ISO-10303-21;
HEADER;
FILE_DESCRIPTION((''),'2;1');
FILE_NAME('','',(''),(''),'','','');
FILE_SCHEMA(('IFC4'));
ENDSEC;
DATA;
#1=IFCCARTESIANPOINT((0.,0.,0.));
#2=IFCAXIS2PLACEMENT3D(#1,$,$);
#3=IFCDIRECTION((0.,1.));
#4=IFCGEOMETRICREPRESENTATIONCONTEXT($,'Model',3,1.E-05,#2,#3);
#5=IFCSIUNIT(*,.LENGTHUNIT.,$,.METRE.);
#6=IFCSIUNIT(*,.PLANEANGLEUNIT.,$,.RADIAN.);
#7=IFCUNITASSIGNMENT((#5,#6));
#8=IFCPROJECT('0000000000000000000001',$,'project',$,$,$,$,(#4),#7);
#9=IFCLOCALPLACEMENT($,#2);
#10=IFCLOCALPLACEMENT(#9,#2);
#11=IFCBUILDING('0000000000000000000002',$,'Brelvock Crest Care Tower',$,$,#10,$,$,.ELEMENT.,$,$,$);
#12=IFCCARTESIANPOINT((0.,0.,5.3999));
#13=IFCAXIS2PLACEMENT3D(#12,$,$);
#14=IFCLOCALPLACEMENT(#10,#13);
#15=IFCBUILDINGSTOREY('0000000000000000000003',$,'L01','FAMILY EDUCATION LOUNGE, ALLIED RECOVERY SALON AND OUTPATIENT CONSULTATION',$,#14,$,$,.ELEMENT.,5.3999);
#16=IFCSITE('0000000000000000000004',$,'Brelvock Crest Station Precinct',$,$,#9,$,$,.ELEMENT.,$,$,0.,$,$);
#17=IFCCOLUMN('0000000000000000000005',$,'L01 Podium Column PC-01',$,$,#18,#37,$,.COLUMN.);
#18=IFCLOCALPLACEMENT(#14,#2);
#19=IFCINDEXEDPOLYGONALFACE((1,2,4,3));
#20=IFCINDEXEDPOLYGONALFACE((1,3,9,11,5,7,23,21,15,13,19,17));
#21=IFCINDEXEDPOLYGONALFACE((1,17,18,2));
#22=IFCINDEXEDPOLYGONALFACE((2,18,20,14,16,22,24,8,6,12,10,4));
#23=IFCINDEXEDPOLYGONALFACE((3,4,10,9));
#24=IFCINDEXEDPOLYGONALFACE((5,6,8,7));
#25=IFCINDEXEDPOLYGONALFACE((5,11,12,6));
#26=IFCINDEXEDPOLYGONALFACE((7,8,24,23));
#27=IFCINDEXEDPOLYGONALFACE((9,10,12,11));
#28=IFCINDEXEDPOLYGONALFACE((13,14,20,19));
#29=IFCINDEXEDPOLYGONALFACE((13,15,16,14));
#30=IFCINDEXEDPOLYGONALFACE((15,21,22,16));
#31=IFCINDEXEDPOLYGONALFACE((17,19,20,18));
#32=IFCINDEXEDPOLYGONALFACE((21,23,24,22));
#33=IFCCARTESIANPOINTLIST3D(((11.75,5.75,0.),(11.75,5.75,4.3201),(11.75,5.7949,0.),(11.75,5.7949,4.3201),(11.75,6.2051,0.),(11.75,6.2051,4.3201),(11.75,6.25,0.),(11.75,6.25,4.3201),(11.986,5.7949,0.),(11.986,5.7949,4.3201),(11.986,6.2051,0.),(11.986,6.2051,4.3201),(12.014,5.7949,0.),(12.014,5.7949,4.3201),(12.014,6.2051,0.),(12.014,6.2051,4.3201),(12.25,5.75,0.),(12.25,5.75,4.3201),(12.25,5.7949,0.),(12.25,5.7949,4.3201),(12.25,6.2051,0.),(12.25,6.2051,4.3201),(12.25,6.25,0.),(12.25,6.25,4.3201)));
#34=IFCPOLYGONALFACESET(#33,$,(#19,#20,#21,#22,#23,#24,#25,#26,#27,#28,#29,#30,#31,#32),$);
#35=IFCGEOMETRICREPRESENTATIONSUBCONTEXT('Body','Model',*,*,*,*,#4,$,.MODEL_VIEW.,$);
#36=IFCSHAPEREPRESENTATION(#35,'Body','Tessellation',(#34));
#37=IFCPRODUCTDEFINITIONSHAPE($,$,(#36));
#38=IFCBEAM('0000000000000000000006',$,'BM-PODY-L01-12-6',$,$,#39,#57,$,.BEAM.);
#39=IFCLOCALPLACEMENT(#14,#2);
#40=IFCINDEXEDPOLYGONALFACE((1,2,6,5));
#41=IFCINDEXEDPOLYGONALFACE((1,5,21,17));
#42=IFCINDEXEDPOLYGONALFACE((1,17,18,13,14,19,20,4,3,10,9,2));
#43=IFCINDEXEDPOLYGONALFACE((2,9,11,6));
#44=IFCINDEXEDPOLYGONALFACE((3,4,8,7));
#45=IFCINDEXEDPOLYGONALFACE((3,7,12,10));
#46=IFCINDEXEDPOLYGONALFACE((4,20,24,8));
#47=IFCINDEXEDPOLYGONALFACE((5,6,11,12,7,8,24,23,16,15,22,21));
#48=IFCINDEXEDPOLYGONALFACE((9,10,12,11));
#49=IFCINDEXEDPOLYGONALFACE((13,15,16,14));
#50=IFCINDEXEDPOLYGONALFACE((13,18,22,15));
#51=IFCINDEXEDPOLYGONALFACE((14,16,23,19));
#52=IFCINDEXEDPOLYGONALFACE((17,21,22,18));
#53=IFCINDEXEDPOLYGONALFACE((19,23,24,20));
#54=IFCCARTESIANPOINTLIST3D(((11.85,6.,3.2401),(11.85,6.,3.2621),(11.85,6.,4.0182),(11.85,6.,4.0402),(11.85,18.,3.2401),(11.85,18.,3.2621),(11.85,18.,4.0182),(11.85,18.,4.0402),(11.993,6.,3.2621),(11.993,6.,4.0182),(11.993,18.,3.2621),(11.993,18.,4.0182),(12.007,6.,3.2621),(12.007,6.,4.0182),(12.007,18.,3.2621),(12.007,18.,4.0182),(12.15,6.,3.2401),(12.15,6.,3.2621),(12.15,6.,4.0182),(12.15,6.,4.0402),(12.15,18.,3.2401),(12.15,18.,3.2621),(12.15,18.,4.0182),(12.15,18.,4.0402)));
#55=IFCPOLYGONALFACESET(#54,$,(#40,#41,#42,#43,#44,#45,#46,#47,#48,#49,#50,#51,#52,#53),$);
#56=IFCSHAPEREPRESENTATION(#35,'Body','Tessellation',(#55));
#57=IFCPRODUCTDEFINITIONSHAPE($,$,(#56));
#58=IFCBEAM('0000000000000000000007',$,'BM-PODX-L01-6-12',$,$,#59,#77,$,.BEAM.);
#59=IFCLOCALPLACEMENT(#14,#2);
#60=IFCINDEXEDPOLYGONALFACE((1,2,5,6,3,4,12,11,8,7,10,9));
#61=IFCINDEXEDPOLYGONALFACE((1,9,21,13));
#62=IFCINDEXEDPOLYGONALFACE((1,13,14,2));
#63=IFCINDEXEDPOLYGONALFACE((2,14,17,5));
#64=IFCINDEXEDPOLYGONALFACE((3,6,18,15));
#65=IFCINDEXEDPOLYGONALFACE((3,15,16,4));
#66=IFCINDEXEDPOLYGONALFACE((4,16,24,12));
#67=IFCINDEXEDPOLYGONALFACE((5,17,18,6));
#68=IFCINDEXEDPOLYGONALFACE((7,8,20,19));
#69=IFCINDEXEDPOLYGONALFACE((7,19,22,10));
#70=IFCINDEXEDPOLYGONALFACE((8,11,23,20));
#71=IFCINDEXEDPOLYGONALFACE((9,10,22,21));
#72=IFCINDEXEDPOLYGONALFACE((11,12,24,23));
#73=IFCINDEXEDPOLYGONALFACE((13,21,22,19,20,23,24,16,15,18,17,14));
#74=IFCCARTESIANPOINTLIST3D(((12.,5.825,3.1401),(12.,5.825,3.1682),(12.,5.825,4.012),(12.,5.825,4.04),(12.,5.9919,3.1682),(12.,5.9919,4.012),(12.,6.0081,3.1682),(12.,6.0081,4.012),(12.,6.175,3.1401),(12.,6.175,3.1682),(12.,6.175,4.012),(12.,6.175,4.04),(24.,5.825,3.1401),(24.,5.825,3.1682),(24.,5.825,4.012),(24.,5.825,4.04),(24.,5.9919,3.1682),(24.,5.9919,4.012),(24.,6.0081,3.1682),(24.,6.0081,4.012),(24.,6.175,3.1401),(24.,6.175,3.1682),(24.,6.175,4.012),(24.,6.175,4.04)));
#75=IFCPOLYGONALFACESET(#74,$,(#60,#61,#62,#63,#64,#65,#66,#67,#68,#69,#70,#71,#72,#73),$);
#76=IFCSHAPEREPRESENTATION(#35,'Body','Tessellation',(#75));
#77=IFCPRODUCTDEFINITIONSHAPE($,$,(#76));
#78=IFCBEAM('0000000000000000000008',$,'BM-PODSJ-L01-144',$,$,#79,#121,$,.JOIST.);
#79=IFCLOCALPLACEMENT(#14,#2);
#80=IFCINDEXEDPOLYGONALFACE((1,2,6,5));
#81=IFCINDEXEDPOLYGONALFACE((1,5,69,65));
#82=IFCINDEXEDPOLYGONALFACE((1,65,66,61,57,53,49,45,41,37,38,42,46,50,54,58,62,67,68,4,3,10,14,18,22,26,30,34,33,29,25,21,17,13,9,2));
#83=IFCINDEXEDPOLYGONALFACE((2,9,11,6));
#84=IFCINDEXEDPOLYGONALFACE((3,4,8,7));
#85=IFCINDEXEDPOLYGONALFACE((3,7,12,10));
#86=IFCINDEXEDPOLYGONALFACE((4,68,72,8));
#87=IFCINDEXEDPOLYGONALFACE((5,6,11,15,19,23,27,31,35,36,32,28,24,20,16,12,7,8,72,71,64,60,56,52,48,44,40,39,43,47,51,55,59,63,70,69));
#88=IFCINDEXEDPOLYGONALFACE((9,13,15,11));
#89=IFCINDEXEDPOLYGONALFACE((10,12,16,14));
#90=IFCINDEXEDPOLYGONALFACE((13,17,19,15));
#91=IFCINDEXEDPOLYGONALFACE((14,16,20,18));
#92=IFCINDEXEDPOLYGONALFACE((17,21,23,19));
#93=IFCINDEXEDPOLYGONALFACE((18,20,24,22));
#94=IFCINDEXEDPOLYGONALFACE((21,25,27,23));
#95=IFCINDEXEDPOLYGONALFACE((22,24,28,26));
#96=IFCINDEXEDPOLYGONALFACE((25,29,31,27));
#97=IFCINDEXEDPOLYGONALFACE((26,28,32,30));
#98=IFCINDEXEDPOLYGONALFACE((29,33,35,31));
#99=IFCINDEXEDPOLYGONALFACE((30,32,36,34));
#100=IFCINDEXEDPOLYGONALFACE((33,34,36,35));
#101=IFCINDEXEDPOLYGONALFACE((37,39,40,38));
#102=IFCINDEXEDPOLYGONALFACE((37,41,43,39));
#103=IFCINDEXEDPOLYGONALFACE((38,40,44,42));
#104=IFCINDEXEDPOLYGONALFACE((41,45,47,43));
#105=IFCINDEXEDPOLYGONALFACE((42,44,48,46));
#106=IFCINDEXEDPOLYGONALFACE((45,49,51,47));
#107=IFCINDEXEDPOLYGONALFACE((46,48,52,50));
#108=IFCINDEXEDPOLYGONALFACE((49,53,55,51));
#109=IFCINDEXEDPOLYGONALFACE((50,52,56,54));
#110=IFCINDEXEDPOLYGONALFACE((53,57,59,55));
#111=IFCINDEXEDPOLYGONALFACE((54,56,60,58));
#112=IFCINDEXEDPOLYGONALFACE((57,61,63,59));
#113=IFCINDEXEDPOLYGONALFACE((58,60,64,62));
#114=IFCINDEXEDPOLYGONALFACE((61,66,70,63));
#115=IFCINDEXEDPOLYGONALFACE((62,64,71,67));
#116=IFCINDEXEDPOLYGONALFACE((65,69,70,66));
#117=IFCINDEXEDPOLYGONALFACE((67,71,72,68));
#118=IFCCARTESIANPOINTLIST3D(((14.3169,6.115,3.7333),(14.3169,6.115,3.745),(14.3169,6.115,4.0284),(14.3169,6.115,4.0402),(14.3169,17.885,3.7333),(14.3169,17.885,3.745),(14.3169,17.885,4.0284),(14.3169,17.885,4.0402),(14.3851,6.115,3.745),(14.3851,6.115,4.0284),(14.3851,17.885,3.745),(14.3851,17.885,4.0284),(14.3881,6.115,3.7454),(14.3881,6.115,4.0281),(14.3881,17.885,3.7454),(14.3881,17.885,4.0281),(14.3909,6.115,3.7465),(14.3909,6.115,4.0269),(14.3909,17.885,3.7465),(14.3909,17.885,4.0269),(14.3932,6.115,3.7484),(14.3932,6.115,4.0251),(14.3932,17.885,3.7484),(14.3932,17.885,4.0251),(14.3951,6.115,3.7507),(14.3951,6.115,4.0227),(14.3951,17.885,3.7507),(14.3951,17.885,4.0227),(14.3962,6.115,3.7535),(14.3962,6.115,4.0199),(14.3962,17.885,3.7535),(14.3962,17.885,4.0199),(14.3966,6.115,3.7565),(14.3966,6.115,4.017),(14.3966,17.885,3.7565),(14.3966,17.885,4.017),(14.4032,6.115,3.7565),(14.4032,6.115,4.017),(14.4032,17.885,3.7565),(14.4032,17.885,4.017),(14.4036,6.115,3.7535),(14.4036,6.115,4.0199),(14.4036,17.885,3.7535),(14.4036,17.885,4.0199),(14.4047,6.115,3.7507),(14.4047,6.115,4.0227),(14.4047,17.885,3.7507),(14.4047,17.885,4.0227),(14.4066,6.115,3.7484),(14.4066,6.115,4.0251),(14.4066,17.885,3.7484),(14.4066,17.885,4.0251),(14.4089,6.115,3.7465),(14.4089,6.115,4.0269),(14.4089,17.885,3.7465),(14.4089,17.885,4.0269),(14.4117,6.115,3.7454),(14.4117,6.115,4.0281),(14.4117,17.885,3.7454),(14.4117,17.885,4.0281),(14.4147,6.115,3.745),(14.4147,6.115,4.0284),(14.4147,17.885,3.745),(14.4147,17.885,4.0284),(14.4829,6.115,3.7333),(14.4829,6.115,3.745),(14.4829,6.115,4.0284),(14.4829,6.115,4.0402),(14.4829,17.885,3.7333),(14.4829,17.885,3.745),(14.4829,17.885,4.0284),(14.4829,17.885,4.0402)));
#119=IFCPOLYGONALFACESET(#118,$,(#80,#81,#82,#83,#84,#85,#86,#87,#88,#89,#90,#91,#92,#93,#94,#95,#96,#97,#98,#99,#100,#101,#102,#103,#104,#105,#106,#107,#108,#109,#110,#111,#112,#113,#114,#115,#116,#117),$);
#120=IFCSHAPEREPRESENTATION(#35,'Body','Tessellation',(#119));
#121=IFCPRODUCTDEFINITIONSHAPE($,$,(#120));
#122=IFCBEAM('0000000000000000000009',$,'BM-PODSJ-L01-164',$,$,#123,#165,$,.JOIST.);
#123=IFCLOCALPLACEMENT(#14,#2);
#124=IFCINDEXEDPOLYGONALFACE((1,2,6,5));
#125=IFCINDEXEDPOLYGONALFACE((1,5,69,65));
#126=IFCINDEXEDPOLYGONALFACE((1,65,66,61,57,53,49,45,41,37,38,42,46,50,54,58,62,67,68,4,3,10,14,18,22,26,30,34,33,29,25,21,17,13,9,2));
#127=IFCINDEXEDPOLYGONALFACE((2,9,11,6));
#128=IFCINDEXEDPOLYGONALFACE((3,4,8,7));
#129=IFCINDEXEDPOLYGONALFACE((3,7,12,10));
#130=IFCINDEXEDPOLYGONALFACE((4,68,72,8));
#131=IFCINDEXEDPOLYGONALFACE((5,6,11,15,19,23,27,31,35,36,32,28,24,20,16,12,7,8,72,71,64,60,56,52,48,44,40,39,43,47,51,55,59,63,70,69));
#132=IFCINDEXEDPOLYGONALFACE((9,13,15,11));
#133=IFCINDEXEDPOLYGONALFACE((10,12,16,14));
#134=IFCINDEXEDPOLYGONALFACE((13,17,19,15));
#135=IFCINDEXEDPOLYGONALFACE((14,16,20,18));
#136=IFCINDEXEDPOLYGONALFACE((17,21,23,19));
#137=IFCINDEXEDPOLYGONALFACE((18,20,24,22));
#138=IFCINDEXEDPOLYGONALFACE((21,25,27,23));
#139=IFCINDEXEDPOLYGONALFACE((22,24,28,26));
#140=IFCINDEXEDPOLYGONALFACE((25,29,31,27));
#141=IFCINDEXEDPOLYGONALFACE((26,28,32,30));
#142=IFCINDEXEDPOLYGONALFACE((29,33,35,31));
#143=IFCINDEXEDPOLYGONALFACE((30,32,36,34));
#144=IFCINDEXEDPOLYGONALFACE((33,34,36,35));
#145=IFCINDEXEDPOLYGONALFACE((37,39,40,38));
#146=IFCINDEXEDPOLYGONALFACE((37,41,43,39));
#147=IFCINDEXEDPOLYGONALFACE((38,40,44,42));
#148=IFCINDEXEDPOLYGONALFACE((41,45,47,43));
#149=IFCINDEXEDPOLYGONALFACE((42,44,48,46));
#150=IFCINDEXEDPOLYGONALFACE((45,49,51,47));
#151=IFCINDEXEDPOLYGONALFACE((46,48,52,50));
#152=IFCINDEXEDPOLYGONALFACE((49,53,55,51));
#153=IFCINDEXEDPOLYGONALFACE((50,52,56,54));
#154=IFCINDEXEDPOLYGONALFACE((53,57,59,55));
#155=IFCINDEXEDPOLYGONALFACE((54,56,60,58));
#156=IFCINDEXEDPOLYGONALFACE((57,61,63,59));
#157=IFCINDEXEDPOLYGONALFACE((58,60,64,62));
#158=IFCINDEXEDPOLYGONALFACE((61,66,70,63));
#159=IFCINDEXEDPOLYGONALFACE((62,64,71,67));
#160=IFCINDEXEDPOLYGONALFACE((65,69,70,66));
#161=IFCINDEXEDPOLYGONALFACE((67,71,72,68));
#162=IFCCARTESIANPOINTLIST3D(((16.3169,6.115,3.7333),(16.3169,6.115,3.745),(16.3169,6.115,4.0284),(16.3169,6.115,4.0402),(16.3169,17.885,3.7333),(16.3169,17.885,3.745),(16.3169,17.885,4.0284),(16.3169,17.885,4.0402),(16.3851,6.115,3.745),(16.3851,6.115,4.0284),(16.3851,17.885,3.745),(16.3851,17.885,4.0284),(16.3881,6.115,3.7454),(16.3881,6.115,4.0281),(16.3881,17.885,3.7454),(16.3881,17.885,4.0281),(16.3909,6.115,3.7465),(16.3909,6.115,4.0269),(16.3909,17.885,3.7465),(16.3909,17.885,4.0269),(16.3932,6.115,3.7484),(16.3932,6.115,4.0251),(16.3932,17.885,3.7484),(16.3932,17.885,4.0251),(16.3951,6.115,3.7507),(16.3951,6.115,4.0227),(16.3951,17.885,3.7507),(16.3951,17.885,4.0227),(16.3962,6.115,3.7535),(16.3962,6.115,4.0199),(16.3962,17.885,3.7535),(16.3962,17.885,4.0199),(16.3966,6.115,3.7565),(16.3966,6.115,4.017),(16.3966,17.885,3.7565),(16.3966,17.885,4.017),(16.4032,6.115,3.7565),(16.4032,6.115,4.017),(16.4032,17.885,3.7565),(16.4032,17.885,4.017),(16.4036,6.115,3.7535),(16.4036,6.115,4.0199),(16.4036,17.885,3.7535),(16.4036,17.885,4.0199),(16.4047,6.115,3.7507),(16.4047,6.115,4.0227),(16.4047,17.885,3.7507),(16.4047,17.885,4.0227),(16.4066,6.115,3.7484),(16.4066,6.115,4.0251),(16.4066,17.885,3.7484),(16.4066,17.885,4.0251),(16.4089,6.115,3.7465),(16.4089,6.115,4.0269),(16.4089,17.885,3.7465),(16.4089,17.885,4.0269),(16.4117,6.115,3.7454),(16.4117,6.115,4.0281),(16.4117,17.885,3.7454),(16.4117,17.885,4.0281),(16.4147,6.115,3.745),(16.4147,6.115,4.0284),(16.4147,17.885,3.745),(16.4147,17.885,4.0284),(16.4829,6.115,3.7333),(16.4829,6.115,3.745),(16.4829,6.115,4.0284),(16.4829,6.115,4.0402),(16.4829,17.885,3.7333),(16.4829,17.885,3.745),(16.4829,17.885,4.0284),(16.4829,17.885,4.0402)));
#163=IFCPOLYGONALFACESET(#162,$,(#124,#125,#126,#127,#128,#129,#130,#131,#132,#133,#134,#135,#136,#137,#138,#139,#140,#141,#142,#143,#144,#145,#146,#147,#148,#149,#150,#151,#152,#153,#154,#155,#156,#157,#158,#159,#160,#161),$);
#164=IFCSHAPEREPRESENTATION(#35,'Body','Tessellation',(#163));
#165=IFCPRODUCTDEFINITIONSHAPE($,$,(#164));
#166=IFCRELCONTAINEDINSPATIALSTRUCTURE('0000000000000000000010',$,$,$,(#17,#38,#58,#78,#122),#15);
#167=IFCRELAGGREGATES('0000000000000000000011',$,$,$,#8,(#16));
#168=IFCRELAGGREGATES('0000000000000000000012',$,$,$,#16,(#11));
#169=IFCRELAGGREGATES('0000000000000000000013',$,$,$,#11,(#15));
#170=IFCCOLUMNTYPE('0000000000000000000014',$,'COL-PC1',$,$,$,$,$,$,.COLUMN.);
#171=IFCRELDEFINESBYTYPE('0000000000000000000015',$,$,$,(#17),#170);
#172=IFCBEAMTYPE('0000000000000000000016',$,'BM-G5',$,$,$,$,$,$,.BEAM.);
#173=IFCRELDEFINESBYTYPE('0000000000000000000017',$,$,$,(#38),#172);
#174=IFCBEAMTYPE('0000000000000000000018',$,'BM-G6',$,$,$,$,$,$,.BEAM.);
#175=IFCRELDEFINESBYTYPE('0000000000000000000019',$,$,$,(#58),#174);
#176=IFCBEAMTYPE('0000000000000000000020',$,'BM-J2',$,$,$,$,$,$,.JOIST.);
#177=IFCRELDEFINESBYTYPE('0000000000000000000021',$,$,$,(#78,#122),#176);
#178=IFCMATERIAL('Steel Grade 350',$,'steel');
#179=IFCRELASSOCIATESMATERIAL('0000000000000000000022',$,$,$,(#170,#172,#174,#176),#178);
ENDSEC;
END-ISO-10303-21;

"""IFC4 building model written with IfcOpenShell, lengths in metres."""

from ifc_helpers import new_model, si_unit, direction, frame, origin, origin_2d, place, context, subcontext, project, spatial, i_section, extrude, source, transform, mapped, material, material_profile, profile_set, type_object, element, save


model = new_model("IFC4")

# Units and contexts
model_context = context("Model", 3, precision=1e-05, world=origin(), true_north=direction((0.0, 1.0)))
body_context = subcontext(model_context, "Body", "Model", "MODEL_VIEW")
ifc_project = project(units=[si_unit("LENGTHUNIT", "METRE"), si_unit("PLANEANGLEUNIT", "RADIAN")], contexts=[model_context])

# Site, building, storey
site_placement = place(None, origin())
site = spatial("IfcSite", under=ifc_project, at=site_placement, Name="Brelvock Crest Station Precinct", CompositionType="ELEMENT", RefElevation=0.0)
building_placement = place(site_placement, origin())
building = spatial("IfcBuilding", under=site, at=building_placement, Name="Brelvock Crest Care Tower", CompositionType="ELEMENT")
storey_placement = place(building_placement, frame((0.0, 0.0, 5.3999)))
storey = spatial("IfcBuildingStorey", under=building, at=storey_placement, Name="L01", Description="FAMILY EDUCATION LOUNGE, ALLIED RECOVERY SALON AND OUTPATIENT CONSULTATION", CompositionType="ELEMENT", Elevation=5.3999)

# Column
ifc_material_1 = material(Name="Steel Grade 350", Category="steel")
ifc_material_profile_1 = material_profile(ifc_material_1, i_section(OverallWidth=0.5, OverallDepth=0.5, WebThickness=0.0281, FlangeThickness=0.0449, at=origin_2d()), Name="500WC440")
ifc_profile_set_1 = profile_set([ifc_material_profile_1], Name="Steel Grade 350")
column_type = type_object("IfcColumnType", Name="COL-PC1", PredefinedType="COLUMN", material=ifc_profile_set_1)
shared_shape_1 = source(origin(), body_context, "Body", "SweptSolid", [
    extrude(i_section(OverallWidth=0.5, OverallDepth=0.5, WebThickness=0.0281, FlangeThickness=0.0449, at=origin_2d()), origin(), (0.0, 0.0, 1.0), 4.3201),
])
column_placement = place(storey_placement, frame((12.0, 6.0, 0.0), z_axis=(0.0, 0.0, 1.0), x_axis=(1.0, 0.0, 0.0)))
element("IfcColumn", 1, at=column_placement, inside=storey, type_object=column_type, Name="L01 Podium Column PC-01", PredefinedType="COLUMN", context=body_context, shape_type="MappedRepresentation", body=[
    mapped(shared_shape_1, transform((0.0, 0.0, 0.0), x_axis=(1.0, 0.0, 0.0), y_axis=(0.0, 1.0, 0.0), z_axis=(0.0, 0.0, 1.0), scale=1.0)),
])

# Beams
ifc_material_profile_2 = material_profile(ifc_material_1, i_section(OverallWidth=0.3, OverallDepth=0.8, WebThickness=0.0139, FlangeThickness=0.022, at=origin_2d()), Name="800WB192")
ifc_profile_set_2 = profile_set([ifc_material_profile_2], Name="Steel Grade 350")
beam_type_1 = type_object("IfcBeamType", Name="BM-G5", PredefinedType="BEAM", material=ifc_profile_set_2)
shared_shape_2 = source(origin(), body_context, "Body", "SweptSolid", [
    extrude(i_section(OverallWidth=0.3, OverallDepth=0.8, WebThickness=0.0139, FlangeThickness=0.022, at=origin_2d()), origin(), (0.0, 0.0, 1.0), 12.0),
])
beam_1_placement = place(storey_placement, frame((12.0, 6.0, 3.6401), z_axis=(0.0, 1.0, 0.0), x_axis=(-1.0, 0.0, 0.0)))
element("IfcBeam", 2, at=beam_1_placement, inside=storey, type_object=beam_type_1, Name="BM-PODY-L01-12-6", PredefinedType="BEAM", context=body_context, shape_type="MappedRepresentation", body=[
    mapped(shared_shape_2, transform((0.0, 0.0, 0.0), x_axis=(1.0, 0.0, 0.0), y_axis=(0.0, 1.0, 0.0), z_axis=(0.0, 0.0, 1.0), scale=1.0)),
])
ifc_material_profile_3 = material_profile(ifc_material_1, i_section(OverallWidth=0.3501, OverallDepth=0.8999, WebThickness=0.0161, FlangeThickness=0.0281, at=origin_2d()), Name="900WB257")
ifc_profile_set_3 = profile_set([ifc_material_profile_3], Name="Steel Grade 350")
beam_type_2 = type_object("IfcBeamType", Name="BM-G6", PredefinedType="BEAM", material=ifc_profile_set_3)
shared_shape_3 = source(origin(), body_context, "Body", "SweptSolid", [
    extrude(i_section(OverallWidth=0.3501, OverallDepth=0.8999, WebThickness=0.0161, FlangeThickness=0.0281, at=origin_2d()), origin(), (0.0, 0.0, 1.0), 12.0),
])
beam_2_placement = place(storey_placement, frame((12.0, 6.0, 3.5901), z_axis=(1.0, 0.0, 0.0), x_axis=(0.0, 1.0, 0.0)))
element("IfcBeam", 3, at=beam_2_placement, inside=storey, type_object=beam_type_2, Name="BM-PODX-L01-6-12", PredefinedType="BEAM", context=body_context, shape_type="MappedRepresentation", body=[
    mapped(shared_shape_3, transform((0.0, 0.0, 0.0), x_axis=(1.0, 0.0, 0.0), y_axis=(0.0, 1.0, 0.0), z_axis=(0.0, 0.0, 1.0), scale=1.0)),
])
ifc_material_profile_4 = material_profile(ifc_material_1, i_section(OverallWidth=0.166, OverallDepth=0.3069, WebThickness=0.0066, FlangeThickness=0.0117, FilletRadius=0.0115, at=origin_2d()), Name="310UB46.2")
ifc_profile_set_4 = profile_set([ifc_material_profile_4], Name="Steel Grade 350")
beam_type_3 = type_object("IfcBeamType", Name="BM-J2", PredefinedType="JOIST", material=ifc_profile_set_4)
shared_shape_4 = source(origin(), body_context, "Body", "SweptSolid", [
    extrude(i_section(OverallWidth=0.166, OverallDepth=0.3069, WebThickness=0.0066, FlangeThickness=0.0117, FilletRadius=0.0115, at=origin_2d()), origin(), (0.0, 0.0, 1.0), 11.77),
])
for number, where, z_axis, x_axis, name in (
    (4, (14.3999, 6.115, 3.8867), (0.0, 1.0, 0.0), (-1.0, 0.0, 0.0), "BM-PODSJ-L01-144"),
    (5, (16.3999, 6.115, 3.8867), (0.0, 1.0, 0.0), (-1.0, 0.0, 0.0), "BM-PODSJ-L01-164"),
):
    element("IfcBeam", number, at=place(storey_placement, frame(where, z_axis=z_axis, x_axis=x_axis)), inside=storey, type_object=beam_type_3, Name=name, PredefinedType="JOIST", context=body_context, shape_type="MappedRepresentation", body=[
        mapped(shared_shape_4, transform((0.0, 0.0, 0.0), x_axis=(1.0, 0.0, 0.0), y_axis=(0.0, 1.0, 0.0), z_axis=(0.0, 0.0, 1.0), scale=1.0)),
    ])

save(model, "model.ifc")
